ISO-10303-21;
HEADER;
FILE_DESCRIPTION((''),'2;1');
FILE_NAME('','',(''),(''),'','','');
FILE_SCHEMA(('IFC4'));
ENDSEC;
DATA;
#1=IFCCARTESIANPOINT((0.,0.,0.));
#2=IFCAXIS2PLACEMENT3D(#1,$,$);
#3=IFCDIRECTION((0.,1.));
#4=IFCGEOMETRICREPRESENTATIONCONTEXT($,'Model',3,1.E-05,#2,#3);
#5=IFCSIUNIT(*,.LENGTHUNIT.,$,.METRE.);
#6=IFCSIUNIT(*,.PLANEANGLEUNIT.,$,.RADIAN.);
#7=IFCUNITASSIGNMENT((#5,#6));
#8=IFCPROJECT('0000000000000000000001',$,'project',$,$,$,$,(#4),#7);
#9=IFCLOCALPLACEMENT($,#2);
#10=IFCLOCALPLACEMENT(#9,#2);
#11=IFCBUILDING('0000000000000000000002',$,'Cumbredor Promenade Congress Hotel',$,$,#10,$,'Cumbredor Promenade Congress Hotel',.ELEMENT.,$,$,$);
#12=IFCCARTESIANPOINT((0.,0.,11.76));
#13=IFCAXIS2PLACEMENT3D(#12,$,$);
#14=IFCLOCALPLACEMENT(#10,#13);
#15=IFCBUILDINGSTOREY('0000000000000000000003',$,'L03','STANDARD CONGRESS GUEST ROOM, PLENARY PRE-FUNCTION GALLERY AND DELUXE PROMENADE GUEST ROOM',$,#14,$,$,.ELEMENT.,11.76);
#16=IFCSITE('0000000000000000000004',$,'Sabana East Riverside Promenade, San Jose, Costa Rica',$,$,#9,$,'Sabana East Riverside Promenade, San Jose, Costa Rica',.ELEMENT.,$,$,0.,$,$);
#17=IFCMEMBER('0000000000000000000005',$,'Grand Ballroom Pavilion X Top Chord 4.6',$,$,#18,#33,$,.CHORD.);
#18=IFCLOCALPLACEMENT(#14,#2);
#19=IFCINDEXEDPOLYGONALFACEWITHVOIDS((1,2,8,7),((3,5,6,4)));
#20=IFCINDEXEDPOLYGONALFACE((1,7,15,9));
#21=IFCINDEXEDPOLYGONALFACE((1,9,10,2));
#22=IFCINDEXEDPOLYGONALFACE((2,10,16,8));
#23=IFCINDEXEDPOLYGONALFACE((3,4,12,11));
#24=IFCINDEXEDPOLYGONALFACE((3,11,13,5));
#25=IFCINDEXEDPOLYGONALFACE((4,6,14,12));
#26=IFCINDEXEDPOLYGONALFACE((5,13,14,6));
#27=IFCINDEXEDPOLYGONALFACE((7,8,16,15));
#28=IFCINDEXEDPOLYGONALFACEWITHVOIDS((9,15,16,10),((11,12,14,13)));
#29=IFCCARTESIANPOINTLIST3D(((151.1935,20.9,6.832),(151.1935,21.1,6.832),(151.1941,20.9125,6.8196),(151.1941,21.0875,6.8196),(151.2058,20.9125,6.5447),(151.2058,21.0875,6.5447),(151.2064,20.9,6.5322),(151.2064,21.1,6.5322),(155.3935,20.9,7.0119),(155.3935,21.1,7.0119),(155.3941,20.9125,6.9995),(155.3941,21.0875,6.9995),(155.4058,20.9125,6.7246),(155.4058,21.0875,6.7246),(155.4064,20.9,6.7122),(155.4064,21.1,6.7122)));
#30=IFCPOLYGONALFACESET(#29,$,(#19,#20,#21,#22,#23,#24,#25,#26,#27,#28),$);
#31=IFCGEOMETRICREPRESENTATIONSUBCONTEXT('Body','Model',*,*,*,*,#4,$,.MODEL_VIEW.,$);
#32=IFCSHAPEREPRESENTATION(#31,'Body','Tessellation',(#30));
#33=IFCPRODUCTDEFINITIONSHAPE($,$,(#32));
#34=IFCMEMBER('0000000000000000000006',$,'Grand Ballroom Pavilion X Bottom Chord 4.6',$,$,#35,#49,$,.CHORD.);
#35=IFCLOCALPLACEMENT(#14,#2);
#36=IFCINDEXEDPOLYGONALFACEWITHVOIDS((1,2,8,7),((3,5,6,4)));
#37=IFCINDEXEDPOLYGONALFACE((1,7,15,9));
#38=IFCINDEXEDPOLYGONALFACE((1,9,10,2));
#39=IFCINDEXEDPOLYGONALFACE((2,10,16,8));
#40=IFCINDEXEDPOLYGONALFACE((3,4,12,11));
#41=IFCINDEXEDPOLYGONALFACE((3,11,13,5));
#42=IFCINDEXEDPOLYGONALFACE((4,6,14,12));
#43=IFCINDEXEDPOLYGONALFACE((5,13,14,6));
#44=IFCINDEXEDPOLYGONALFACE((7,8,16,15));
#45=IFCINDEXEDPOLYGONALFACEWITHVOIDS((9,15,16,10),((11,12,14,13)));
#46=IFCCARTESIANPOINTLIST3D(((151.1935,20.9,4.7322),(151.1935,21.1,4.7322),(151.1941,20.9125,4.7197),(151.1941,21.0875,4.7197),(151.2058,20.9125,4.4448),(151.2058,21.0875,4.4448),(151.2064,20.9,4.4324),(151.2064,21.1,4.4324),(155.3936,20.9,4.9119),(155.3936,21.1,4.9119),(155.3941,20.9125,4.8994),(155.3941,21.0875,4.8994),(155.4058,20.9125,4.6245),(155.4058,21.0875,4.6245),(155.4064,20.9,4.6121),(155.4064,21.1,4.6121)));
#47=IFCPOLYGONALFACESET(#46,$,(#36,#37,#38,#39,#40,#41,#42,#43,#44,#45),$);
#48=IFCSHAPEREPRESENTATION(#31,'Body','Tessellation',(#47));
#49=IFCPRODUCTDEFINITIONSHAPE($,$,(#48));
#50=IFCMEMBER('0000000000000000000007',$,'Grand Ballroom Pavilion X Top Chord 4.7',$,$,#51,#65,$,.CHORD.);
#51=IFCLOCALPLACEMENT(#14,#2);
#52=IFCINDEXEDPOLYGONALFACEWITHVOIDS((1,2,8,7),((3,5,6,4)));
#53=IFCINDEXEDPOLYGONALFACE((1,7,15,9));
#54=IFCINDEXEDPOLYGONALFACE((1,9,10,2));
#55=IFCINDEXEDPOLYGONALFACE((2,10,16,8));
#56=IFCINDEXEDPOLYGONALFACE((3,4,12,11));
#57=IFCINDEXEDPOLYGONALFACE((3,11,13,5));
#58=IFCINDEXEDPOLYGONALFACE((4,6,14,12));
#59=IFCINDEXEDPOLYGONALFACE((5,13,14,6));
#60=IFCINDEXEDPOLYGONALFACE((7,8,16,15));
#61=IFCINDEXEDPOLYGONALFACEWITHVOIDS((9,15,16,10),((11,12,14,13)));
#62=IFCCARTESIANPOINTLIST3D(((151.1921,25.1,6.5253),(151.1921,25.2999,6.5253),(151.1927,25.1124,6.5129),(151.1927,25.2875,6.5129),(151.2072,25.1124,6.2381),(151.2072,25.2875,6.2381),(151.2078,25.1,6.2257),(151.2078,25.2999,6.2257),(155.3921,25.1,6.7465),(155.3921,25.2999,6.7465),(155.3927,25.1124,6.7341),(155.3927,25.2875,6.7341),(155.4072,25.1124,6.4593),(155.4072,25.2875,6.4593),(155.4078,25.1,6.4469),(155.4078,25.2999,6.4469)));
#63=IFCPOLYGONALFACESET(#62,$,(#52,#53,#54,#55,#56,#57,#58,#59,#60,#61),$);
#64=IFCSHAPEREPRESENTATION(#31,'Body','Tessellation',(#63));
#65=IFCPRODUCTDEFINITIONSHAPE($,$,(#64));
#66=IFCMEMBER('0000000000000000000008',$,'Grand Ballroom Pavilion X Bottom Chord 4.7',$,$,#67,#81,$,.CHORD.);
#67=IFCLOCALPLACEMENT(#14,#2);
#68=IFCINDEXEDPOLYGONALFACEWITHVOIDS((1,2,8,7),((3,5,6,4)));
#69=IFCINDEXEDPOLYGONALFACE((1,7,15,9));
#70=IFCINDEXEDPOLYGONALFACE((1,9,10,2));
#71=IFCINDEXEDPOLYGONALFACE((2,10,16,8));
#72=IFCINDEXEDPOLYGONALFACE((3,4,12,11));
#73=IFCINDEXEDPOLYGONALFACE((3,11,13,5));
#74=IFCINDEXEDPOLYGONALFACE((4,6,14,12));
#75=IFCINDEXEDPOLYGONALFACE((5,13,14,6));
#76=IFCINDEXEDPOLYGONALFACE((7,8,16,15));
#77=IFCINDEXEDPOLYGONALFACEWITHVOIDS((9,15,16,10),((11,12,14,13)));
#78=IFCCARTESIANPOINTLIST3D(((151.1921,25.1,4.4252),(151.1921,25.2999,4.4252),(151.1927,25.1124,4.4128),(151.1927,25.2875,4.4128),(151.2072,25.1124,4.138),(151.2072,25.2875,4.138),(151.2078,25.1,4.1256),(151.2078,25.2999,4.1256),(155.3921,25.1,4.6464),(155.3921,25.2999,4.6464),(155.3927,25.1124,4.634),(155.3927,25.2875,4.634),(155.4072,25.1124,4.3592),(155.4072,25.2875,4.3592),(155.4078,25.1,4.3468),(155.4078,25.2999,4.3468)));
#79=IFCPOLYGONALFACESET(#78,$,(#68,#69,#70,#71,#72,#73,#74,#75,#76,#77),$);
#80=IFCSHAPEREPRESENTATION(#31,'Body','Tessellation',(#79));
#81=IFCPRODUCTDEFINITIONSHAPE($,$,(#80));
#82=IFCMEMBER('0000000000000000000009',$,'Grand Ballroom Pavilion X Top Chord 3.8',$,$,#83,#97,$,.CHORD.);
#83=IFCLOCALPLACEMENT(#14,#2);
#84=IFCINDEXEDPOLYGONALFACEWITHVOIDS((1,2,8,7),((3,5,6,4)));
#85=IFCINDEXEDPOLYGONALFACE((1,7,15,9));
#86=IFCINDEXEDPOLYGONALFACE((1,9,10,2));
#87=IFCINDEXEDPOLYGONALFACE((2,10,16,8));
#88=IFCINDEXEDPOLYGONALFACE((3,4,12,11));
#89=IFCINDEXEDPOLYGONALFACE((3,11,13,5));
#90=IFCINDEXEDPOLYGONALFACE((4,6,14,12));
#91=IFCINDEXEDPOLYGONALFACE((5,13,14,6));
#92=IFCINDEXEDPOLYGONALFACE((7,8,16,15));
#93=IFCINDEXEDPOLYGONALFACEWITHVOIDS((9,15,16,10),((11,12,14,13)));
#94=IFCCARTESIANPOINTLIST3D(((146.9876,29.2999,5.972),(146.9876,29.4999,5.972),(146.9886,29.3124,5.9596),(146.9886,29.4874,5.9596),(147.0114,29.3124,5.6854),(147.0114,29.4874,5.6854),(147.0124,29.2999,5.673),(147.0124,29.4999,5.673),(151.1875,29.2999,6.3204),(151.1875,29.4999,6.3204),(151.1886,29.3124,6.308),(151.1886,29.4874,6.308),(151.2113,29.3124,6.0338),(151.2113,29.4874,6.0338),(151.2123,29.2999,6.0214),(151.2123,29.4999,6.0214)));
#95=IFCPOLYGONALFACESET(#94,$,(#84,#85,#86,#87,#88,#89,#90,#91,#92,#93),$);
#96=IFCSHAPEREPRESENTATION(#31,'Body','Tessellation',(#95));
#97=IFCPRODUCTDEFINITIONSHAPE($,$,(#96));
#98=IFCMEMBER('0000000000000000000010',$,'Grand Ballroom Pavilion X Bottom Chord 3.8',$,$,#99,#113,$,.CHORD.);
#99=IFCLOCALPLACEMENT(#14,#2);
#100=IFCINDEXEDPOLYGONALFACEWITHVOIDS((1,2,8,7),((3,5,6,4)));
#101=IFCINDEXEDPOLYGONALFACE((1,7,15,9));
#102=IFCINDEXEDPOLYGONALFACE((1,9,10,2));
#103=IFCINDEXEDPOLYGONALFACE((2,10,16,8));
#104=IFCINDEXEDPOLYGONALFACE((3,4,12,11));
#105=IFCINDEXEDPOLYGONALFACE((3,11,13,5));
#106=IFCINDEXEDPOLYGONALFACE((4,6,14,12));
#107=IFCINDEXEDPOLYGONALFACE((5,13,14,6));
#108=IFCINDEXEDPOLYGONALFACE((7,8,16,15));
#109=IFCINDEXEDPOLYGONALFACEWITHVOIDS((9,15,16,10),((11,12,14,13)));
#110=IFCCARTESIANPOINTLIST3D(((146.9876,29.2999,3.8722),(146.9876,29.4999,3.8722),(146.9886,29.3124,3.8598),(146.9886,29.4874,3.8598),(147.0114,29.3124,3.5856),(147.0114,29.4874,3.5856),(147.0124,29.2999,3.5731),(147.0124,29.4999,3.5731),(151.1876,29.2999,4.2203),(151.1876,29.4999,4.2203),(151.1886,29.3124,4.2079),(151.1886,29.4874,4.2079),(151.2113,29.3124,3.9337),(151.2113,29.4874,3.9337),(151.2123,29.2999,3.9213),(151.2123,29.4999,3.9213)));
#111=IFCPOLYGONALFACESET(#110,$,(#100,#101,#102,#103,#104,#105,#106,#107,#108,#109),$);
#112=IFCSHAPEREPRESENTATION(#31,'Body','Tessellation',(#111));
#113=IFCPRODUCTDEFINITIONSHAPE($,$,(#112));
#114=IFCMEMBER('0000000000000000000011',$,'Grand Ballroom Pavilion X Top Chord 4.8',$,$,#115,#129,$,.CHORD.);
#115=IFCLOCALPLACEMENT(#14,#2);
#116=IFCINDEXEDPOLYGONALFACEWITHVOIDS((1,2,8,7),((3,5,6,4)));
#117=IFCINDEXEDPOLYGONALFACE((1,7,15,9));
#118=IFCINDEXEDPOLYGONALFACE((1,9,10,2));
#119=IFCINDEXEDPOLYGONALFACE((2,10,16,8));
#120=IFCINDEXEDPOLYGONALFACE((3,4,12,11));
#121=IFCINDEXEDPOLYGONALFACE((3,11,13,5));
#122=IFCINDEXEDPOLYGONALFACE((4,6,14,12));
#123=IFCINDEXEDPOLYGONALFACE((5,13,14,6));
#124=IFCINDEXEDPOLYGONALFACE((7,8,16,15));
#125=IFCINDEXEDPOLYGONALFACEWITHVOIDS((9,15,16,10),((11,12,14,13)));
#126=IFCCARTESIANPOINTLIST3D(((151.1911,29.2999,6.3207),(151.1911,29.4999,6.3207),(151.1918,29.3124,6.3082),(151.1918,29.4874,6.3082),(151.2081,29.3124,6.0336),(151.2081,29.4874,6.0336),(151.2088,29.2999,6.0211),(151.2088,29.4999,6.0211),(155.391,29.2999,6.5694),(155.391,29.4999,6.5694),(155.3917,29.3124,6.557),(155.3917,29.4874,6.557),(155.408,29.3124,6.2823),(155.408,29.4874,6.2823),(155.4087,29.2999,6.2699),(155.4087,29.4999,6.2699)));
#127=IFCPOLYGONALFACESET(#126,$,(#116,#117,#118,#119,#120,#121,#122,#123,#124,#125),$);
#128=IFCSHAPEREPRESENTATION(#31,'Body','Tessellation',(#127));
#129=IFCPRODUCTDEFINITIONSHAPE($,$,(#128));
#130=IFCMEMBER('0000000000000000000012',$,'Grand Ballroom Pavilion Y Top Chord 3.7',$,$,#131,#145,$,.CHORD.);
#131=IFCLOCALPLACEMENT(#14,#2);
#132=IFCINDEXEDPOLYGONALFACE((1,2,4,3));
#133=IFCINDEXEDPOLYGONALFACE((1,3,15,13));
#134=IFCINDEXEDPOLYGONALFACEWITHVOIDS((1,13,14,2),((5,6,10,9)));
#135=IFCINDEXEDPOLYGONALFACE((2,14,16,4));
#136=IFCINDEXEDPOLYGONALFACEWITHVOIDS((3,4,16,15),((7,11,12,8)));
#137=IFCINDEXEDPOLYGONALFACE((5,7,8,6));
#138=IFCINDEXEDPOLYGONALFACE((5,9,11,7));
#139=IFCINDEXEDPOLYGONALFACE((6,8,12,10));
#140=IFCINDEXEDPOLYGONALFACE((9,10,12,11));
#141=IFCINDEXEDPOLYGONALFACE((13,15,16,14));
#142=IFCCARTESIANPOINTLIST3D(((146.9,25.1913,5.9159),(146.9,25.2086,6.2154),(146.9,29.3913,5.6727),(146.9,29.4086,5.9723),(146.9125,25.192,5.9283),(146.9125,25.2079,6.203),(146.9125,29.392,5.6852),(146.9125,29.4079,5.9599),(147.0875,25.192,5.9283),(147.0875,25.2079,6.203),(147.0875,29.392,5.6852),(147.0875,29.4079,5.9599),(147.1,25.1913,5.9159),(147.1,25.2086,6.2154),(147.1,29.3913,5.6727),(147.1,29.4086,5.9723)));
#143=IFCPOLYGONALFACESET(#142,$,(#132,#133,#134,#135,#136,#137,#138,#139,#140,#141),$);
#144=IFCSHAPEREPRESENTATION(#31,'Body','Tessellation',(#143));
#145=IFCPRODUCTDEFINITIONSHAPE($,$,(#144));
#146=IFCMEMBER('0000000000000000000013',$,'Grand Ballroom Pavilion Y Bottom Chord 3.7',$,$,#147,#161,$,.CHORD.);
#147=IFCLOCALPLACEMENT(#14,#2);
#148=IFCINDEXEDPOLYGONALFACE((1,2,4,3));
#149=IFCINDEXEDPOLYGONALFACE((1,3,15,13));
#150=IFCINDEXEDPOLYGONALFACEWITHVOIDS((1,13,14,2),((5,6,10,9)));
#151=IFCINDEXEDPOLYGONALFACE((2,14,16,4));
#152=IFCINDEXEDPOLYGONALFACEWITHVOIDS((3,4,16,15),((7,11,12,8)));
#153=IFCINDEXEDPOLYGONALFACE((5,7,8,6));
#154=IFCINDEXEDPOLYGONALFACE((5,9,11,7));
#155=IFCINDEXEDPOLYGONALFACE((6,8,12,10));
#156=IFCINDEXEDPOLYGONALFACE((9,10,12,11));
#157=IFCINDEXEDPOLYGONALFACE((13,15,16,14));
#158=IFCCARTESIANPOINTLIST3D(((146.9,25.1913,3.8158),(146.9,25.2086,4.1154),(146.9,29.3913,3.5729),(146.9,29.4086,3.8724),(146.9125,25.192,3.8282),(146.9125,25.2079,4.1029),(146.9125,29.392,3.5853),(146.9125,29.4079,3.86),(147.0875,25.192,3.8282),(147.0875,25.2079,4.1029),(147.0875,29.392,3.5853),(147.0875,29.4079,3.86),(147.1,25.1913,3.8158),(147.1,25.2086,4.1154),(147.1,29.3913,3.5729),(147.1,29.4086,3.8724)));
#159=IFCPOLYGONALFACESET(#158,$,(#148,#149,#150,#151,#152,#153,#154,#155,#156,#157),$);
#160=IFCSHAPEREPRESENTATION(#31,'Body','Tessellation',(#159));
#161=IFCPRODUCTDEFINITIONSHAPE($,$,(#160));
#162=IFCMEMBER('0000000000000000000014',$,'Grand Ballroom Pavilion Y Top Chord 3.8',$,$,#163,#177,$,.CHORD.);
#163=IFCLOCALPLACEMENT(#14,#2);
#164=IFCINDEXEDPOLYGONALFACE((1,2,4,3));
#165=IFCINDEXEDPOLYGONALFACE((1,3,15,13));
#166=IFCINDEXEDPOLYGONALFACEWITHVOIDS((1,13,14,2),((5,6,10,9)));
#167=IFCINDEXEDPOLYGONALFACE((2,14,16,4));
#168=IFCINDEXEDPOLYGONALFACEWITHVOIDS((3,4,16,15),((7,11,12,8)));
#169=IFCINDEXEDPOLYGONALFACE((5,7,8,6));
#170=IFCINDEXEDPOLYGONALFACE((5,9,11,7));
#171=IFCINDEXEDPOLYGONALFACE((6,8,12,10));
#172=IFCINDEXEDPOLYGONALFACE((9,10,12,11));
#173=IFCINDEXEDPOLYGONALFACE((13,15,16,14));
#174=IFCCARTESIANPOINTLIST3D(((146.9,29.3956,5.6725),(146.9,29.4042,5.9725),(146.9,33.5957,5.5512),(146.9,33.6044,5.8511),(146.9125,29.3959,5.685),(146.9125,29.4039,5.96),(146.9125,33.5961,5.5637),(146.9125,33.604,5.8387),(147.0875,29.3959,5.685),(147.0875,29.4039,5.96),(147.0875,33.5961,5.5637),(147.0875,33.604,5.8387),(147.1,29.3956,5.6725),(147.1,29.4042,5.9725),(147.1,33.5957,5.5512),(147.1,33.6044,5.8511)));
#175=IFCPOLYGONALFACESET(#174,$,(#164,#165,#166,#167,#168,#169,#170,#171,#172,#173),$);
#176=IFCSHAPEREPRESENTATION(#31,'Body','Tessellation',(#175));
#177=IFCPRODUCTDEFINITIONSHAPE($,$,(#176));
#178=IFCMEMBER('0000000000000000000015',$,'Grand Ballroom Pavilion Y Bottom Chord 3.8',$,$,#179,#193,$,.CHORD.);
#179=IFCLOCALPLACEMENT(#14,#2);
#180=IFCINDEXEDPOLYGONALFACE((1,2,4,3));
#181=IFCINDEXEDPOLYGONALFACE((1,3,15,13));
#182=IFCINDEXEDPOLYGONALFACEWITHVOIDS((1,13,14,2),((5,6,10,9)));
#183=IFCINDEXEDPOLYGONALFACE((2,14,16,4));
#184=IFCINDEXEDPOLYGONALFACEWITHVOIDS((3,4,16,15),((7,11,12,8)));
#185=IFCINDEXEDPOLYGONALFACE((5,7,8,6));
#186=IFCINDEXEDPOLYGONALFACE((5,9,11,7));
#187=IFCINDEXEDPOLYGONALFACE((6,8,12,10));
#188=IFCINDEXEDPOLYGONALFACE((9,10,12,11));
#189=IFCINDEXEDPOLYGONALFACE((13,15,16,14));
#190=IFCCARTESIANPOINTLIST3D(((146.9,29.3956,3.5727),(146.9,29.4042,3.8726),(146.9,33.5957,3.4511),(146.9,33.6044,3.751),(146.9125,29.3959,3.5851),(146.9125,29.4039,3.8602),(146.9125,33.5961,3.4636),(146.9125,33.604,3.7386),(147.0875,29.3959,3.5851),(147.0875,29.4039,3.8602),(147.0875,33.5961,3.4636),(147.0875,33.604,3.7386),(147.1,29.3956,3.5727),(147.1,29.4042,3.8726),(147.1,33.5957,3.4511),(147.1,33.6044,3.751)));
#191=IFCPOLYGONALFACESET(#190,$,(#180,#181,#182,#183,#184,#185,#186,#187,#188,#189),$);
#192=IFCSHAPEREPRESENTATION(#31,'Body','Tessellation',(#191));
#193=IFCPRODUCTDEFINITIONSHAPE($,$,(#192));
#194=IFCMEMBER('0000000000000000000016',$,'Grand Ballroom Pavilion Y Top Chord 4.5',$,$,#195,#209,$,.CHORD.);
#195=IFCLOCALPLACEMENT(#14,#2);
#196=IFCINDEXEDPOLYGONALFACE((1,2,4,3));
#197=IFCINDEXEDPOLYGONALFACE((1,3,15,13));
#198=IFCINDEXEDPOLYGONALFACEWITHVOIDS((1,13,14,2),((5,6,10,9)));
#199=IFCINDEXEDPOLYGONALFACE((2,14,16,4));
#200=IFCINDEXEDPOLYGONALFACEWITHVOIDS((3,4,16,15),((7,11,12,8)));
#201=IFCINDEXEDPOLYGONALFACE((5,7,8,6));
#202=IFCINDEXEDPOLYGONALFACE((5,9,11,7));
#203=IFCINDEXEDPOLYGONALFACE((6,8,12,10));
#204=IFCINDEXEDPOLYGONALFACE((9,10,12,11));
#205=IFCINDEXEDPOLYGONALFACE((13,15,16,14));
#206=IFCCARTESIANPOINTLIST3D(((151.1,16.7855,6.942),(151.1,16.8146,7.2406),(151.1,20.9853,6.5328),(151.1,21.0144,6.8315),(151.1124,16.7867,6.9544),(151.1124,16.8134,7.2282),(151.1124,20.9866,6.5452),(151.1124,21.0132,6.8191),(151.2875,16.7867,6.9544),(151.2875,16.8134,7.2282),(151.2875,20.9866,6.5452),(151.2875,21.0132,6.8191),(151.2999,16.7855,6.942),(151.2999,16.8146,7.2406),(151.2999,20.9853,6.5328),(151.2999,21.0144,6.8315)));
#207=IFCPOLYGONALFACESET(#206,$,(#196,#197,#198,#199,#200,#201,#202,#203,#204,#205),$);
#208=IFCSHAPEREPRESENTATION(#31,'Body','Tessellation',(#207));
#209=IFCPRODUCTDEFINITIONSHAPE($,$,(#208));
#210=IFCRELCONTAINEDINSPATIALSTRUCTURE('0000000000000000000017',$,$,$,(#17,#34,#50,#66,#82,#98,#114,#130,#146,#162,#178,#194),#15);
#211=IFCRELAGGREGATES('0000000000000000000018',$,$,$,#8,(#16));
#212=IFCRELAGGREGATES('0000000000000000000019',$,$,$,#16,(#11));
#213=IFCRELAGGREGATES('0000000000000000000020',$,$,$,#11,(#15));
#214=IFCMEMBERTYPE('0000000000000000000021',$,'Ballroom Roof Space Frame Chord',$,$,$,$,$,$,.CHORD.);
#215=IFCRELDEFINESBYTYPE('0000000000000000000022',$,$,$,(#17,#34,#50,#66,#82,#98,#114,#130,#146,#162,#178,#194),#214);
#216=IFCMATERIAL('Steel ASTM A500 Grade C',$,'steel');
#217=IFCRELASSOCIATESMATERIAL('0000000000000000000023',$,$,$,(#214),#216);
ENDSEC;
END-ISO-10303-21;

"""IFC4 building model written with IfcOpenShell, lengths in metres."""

from ifc_helpers import new_model, si_unit, direction, frame, origin, origin_2d, place, context, subcontext, project, spatial, hollow_rectangle, extrude, material, material_profile, profile_set, type_object, element, save


model = new_model("IFC4")

# Units and contexts
model_context = context("Model", 3, precision=1e-05, world=origin(), true_north=direction((0.0, 1.0)))
body_context = subcontext(model_context, "Body", "Model", "MODEL_VIEW")
ifc_project = project(units=[si_unit("LENGTHUNIT", "METRE"), si_unit("PLANEANGLEUNIT", "RADIAN")], contexts=[model_context])

# Site, building, storey
site_placement = place(None, origin())
site = spatial("IfcSite", under=ifc_project, at=site_placement, Name="Sabana East Riverside Promenade, San Jose, Costa Rica", LongName="Sabana East Riverside Promenade, San Jose, Costa Rica", CompositionType="ELEMENT", RefElevation=0.0)
building_placement = place(site_placement, origin())
building = spatial("IfcBuilding", under=site, at=building_placement, Name="Cumbredor Promenade Congress Hotel", LongName="Cumbredor Promenade Congress Hotel", CompositionType="ELEMENT")
storey_placement = place(building_placement, frame((0.0, 0.0, 11.76)))
storey = spatial("IfcBuildingStorey", under=building, at=storey_placement, Name="L03", Description="STANDARD CONGRESS GUEST ROOM, PLENARY PRE-FUNCTION GALLERY AND DELUXE PROMENADE GUEST ROOM", CompositionType="ELEMENT", Elevation=11.76)

# Members
ifc_material_1 = material(Name="Steel ASTM A500 Grade C", Category="steel")
ifc_material_profile_1 = material_profile(ifc_material_1, hollow_rectangle(XDim=0.2, YDim=0.3, WallThickness=0.0125, at=origin_2d()), Name="HSS 300x200x12.5")
ifc_profile_set_1 = profile_set([ifc_material_profile_1], Name="Steel ASTM A500 Grade C")
member_type_1 = type_object("IfcMemberType", Name="Ballroom Roof Space Frame Chord", PredefinedType="CHORD", material=ifc_profile_set_1)
for number, where, z_axis, x_axis, name in (
    (1, (151.2, 21.0, 6.6821), (0.999084, 0.0, 0.042802), (0.0, 1.0, 0.0), "Grand Ballroom Pavilion X Top Chord 4.6"),
    (2, (151.2, 21.0, 4.5823), (0.999086, 0.0, 0.042744), (0.0, 1.0, 0.0), "Grand Ballroom Pavilion X Bottom Chord 4.6"),
):
    element("IfcMember", number, at=place(storey_placement, frame(where, z_axis=z_axis, x_axis=x_axis)), inside=storey, type_object=member_type_1, Name=name, PredefinedType="CHORD", context=body_context, shape_type="SweptSolid", body=[
        extrude(hollow_rectangle(XDim=0.2, YDim=0.3, WallThickness=0.0125, at=origin_2d()), origin(), (0.0, 0.0, 1.0), 4.2039),
    ])
for number, where, z_axis, x_axis, name in (
    (3, (151.2, 25.2, 6.3755), (0.998616, 0.0, 0.052592), (0.0, 1.0, 0.0), "Grand Ballroom Pavilion X Top Chord 4.7"),
    (4, (151.2, 25.2, 4.2754), (0.998616, 0.0, 0.052592), (0.0, 1.0, 0.0), "Grand Ballroom Pavilion X Bottom Chord 4.7"),
):
    element("IfcMember", number, at=place(storey_placement, frame(where, z_axis=z_axis, x_axis=x_axis)), inside=storey, type_object=member_type_1, Name=name, PredefinedType="CHORD", context=body_context, shape_type="SweptSolid", body=[
        extrude(hollow_rectangle(XDim=0.2, YDim=0.3, WallThickness=0.0125, at=origin_2d()), origin(), (0.0, 0.0, 1.0), 4.2058),
    ])
for number, where, z_axis, x_axis, name in (
    (5, (147.0, 29.3999, 5.8225), (0.996577, 0.0, 0.082667), (0.0, 1.0, 0.0), "Grand Ballroom Pavilion X Top Chord 3.8"),
    (6, (147.0, 29.3999, 3.7227), (0.996582, 0.0, 0.082609), (0.0, 1.0, 0.0), "Grand Ballroom Pavilion X Bottom Chord 3.8"),
):
    element("IfcMember", number, at=place(storey_placement, frame(where, z_axis=z_axis, x_axis=x_axis)), inside=storey, type_object=member_type_1, Name=name, PredefinedType="CHORD", context=body_context, shape_type="SweptSolid", body=[
        extrude(hollow_rectangle(XDim=0.2, YDim=0.3, WallThickness=0.0125, at=origin_2d()), origin(), (0.0, 0.0, 1.0), 4.2144),
    ])
member_1_placement = place(storey_placement, frame((151.2, 29.3999, 6.1709), z_axis=(0.99825, 0.0, 0.05913), x_axis=(0.0, 1.0, 0.0)))
element("IfcMember", 7, at=member_1_placement, inside=storey, type_object=member_type_1, Name="Grand Ballroom Pavilion X Top Chord 4.8", PredefinedType="CHORD", context=body_context, shape_type="SweptSolid", body=[
    extrude(hollow_rectangle(XDim=0.2, YDim=0.3, WallThickness=0.0125, at=origin_2d()), origin(), (0.0, 0.0, 1.0), 4.2073),
])
for number, where, z_axis, x_axis, name in (
    (8, (147.0, 25.2, 6.0657), (0.0, 0.998328, -0.0578), (-1.0, 0.0, 0.0), "Grand Ballroom Pavilion Y Top Chord 3.7"),
    (9, (147.0, 25.2, 3.9656), (0.0, 0.998332, -0.057742), (-1.0, 0.0, 0.0), "Grand Ballroom Pavilion Y Bottom Chord 3.7"),
):
    element("IfcMember", number, at=place(storey_placement, frame(where, z_axis=z_axis, x_axis=x_axis)), inside=storey, type_object=member_type_1, Name=name, PredefinedType="CHORD", context=body_context, shape_type="SweptSolid", body=[
        extrude(hollow_rectangle(XDim=0.2, YDim=0.3, WallThickness=0.0125, at=origin_2d()), origin(), (0.0, 0.0, 1.0), 4.207),
    ])
for number, where, z_axis, x_axis, name in (
    (10, (147.0, 29.3999, 5.8225), (0.0, 0.999583, -0.028877), (-1.0, 0.0, 0.0), "Grand Ballroom Pavilion Y Top Chord 3.8"),
    (11, (147.0, 29.3999, 3.7227), (0.0, 0.999581, -0.028935), (-1.0, 0.0, 0.0), "Grand Ballroom Pavilion Y Bottom Chord 3.8"),
):
    element("IfcMember", number, at=place(storey_placement, frame(where, z_axis=z_axis, x_axis=x_axis)), inside=storey, type_object=member_type_1, Name=name, PredefinedType="CHORD", context=body_context, shape_type="SweptSolid", body=[
        extrude(hollow_rectangle(XDim=0.2, YDim=0.3, WallThickness=0.0125, at=origin_2d()), origin(), (0.0, 0.0, 1.0), 4.2019),
    ])
for number, where, z_axis, x_axis, name in (
    (12, (151.2, 16.8, 7.0913), (0.0, 0.995288, -0.096966), (-1.0, 0.0, 0.0), "Grand Ballroom Pavilion Y Top Chord 4.5"),
):
    element("IfcMember", number, at=place(storey_placement, frame(where, z_axis=z_axis, x_axis=x_axis)), inside=storey, type_object=member_type_1, Name=name, PredefinedType="CHORD", context=body_context, shape_type="SweptSolid", body=[
        extrude(hollow_rectangle(XDim=0.2, YDim=0.3, WallThickness=0.0125, at=origin_2d()), origin(), (0.0, 0.0, 1.0), 4.2197),
    ])

save(model, "model.ifc")
